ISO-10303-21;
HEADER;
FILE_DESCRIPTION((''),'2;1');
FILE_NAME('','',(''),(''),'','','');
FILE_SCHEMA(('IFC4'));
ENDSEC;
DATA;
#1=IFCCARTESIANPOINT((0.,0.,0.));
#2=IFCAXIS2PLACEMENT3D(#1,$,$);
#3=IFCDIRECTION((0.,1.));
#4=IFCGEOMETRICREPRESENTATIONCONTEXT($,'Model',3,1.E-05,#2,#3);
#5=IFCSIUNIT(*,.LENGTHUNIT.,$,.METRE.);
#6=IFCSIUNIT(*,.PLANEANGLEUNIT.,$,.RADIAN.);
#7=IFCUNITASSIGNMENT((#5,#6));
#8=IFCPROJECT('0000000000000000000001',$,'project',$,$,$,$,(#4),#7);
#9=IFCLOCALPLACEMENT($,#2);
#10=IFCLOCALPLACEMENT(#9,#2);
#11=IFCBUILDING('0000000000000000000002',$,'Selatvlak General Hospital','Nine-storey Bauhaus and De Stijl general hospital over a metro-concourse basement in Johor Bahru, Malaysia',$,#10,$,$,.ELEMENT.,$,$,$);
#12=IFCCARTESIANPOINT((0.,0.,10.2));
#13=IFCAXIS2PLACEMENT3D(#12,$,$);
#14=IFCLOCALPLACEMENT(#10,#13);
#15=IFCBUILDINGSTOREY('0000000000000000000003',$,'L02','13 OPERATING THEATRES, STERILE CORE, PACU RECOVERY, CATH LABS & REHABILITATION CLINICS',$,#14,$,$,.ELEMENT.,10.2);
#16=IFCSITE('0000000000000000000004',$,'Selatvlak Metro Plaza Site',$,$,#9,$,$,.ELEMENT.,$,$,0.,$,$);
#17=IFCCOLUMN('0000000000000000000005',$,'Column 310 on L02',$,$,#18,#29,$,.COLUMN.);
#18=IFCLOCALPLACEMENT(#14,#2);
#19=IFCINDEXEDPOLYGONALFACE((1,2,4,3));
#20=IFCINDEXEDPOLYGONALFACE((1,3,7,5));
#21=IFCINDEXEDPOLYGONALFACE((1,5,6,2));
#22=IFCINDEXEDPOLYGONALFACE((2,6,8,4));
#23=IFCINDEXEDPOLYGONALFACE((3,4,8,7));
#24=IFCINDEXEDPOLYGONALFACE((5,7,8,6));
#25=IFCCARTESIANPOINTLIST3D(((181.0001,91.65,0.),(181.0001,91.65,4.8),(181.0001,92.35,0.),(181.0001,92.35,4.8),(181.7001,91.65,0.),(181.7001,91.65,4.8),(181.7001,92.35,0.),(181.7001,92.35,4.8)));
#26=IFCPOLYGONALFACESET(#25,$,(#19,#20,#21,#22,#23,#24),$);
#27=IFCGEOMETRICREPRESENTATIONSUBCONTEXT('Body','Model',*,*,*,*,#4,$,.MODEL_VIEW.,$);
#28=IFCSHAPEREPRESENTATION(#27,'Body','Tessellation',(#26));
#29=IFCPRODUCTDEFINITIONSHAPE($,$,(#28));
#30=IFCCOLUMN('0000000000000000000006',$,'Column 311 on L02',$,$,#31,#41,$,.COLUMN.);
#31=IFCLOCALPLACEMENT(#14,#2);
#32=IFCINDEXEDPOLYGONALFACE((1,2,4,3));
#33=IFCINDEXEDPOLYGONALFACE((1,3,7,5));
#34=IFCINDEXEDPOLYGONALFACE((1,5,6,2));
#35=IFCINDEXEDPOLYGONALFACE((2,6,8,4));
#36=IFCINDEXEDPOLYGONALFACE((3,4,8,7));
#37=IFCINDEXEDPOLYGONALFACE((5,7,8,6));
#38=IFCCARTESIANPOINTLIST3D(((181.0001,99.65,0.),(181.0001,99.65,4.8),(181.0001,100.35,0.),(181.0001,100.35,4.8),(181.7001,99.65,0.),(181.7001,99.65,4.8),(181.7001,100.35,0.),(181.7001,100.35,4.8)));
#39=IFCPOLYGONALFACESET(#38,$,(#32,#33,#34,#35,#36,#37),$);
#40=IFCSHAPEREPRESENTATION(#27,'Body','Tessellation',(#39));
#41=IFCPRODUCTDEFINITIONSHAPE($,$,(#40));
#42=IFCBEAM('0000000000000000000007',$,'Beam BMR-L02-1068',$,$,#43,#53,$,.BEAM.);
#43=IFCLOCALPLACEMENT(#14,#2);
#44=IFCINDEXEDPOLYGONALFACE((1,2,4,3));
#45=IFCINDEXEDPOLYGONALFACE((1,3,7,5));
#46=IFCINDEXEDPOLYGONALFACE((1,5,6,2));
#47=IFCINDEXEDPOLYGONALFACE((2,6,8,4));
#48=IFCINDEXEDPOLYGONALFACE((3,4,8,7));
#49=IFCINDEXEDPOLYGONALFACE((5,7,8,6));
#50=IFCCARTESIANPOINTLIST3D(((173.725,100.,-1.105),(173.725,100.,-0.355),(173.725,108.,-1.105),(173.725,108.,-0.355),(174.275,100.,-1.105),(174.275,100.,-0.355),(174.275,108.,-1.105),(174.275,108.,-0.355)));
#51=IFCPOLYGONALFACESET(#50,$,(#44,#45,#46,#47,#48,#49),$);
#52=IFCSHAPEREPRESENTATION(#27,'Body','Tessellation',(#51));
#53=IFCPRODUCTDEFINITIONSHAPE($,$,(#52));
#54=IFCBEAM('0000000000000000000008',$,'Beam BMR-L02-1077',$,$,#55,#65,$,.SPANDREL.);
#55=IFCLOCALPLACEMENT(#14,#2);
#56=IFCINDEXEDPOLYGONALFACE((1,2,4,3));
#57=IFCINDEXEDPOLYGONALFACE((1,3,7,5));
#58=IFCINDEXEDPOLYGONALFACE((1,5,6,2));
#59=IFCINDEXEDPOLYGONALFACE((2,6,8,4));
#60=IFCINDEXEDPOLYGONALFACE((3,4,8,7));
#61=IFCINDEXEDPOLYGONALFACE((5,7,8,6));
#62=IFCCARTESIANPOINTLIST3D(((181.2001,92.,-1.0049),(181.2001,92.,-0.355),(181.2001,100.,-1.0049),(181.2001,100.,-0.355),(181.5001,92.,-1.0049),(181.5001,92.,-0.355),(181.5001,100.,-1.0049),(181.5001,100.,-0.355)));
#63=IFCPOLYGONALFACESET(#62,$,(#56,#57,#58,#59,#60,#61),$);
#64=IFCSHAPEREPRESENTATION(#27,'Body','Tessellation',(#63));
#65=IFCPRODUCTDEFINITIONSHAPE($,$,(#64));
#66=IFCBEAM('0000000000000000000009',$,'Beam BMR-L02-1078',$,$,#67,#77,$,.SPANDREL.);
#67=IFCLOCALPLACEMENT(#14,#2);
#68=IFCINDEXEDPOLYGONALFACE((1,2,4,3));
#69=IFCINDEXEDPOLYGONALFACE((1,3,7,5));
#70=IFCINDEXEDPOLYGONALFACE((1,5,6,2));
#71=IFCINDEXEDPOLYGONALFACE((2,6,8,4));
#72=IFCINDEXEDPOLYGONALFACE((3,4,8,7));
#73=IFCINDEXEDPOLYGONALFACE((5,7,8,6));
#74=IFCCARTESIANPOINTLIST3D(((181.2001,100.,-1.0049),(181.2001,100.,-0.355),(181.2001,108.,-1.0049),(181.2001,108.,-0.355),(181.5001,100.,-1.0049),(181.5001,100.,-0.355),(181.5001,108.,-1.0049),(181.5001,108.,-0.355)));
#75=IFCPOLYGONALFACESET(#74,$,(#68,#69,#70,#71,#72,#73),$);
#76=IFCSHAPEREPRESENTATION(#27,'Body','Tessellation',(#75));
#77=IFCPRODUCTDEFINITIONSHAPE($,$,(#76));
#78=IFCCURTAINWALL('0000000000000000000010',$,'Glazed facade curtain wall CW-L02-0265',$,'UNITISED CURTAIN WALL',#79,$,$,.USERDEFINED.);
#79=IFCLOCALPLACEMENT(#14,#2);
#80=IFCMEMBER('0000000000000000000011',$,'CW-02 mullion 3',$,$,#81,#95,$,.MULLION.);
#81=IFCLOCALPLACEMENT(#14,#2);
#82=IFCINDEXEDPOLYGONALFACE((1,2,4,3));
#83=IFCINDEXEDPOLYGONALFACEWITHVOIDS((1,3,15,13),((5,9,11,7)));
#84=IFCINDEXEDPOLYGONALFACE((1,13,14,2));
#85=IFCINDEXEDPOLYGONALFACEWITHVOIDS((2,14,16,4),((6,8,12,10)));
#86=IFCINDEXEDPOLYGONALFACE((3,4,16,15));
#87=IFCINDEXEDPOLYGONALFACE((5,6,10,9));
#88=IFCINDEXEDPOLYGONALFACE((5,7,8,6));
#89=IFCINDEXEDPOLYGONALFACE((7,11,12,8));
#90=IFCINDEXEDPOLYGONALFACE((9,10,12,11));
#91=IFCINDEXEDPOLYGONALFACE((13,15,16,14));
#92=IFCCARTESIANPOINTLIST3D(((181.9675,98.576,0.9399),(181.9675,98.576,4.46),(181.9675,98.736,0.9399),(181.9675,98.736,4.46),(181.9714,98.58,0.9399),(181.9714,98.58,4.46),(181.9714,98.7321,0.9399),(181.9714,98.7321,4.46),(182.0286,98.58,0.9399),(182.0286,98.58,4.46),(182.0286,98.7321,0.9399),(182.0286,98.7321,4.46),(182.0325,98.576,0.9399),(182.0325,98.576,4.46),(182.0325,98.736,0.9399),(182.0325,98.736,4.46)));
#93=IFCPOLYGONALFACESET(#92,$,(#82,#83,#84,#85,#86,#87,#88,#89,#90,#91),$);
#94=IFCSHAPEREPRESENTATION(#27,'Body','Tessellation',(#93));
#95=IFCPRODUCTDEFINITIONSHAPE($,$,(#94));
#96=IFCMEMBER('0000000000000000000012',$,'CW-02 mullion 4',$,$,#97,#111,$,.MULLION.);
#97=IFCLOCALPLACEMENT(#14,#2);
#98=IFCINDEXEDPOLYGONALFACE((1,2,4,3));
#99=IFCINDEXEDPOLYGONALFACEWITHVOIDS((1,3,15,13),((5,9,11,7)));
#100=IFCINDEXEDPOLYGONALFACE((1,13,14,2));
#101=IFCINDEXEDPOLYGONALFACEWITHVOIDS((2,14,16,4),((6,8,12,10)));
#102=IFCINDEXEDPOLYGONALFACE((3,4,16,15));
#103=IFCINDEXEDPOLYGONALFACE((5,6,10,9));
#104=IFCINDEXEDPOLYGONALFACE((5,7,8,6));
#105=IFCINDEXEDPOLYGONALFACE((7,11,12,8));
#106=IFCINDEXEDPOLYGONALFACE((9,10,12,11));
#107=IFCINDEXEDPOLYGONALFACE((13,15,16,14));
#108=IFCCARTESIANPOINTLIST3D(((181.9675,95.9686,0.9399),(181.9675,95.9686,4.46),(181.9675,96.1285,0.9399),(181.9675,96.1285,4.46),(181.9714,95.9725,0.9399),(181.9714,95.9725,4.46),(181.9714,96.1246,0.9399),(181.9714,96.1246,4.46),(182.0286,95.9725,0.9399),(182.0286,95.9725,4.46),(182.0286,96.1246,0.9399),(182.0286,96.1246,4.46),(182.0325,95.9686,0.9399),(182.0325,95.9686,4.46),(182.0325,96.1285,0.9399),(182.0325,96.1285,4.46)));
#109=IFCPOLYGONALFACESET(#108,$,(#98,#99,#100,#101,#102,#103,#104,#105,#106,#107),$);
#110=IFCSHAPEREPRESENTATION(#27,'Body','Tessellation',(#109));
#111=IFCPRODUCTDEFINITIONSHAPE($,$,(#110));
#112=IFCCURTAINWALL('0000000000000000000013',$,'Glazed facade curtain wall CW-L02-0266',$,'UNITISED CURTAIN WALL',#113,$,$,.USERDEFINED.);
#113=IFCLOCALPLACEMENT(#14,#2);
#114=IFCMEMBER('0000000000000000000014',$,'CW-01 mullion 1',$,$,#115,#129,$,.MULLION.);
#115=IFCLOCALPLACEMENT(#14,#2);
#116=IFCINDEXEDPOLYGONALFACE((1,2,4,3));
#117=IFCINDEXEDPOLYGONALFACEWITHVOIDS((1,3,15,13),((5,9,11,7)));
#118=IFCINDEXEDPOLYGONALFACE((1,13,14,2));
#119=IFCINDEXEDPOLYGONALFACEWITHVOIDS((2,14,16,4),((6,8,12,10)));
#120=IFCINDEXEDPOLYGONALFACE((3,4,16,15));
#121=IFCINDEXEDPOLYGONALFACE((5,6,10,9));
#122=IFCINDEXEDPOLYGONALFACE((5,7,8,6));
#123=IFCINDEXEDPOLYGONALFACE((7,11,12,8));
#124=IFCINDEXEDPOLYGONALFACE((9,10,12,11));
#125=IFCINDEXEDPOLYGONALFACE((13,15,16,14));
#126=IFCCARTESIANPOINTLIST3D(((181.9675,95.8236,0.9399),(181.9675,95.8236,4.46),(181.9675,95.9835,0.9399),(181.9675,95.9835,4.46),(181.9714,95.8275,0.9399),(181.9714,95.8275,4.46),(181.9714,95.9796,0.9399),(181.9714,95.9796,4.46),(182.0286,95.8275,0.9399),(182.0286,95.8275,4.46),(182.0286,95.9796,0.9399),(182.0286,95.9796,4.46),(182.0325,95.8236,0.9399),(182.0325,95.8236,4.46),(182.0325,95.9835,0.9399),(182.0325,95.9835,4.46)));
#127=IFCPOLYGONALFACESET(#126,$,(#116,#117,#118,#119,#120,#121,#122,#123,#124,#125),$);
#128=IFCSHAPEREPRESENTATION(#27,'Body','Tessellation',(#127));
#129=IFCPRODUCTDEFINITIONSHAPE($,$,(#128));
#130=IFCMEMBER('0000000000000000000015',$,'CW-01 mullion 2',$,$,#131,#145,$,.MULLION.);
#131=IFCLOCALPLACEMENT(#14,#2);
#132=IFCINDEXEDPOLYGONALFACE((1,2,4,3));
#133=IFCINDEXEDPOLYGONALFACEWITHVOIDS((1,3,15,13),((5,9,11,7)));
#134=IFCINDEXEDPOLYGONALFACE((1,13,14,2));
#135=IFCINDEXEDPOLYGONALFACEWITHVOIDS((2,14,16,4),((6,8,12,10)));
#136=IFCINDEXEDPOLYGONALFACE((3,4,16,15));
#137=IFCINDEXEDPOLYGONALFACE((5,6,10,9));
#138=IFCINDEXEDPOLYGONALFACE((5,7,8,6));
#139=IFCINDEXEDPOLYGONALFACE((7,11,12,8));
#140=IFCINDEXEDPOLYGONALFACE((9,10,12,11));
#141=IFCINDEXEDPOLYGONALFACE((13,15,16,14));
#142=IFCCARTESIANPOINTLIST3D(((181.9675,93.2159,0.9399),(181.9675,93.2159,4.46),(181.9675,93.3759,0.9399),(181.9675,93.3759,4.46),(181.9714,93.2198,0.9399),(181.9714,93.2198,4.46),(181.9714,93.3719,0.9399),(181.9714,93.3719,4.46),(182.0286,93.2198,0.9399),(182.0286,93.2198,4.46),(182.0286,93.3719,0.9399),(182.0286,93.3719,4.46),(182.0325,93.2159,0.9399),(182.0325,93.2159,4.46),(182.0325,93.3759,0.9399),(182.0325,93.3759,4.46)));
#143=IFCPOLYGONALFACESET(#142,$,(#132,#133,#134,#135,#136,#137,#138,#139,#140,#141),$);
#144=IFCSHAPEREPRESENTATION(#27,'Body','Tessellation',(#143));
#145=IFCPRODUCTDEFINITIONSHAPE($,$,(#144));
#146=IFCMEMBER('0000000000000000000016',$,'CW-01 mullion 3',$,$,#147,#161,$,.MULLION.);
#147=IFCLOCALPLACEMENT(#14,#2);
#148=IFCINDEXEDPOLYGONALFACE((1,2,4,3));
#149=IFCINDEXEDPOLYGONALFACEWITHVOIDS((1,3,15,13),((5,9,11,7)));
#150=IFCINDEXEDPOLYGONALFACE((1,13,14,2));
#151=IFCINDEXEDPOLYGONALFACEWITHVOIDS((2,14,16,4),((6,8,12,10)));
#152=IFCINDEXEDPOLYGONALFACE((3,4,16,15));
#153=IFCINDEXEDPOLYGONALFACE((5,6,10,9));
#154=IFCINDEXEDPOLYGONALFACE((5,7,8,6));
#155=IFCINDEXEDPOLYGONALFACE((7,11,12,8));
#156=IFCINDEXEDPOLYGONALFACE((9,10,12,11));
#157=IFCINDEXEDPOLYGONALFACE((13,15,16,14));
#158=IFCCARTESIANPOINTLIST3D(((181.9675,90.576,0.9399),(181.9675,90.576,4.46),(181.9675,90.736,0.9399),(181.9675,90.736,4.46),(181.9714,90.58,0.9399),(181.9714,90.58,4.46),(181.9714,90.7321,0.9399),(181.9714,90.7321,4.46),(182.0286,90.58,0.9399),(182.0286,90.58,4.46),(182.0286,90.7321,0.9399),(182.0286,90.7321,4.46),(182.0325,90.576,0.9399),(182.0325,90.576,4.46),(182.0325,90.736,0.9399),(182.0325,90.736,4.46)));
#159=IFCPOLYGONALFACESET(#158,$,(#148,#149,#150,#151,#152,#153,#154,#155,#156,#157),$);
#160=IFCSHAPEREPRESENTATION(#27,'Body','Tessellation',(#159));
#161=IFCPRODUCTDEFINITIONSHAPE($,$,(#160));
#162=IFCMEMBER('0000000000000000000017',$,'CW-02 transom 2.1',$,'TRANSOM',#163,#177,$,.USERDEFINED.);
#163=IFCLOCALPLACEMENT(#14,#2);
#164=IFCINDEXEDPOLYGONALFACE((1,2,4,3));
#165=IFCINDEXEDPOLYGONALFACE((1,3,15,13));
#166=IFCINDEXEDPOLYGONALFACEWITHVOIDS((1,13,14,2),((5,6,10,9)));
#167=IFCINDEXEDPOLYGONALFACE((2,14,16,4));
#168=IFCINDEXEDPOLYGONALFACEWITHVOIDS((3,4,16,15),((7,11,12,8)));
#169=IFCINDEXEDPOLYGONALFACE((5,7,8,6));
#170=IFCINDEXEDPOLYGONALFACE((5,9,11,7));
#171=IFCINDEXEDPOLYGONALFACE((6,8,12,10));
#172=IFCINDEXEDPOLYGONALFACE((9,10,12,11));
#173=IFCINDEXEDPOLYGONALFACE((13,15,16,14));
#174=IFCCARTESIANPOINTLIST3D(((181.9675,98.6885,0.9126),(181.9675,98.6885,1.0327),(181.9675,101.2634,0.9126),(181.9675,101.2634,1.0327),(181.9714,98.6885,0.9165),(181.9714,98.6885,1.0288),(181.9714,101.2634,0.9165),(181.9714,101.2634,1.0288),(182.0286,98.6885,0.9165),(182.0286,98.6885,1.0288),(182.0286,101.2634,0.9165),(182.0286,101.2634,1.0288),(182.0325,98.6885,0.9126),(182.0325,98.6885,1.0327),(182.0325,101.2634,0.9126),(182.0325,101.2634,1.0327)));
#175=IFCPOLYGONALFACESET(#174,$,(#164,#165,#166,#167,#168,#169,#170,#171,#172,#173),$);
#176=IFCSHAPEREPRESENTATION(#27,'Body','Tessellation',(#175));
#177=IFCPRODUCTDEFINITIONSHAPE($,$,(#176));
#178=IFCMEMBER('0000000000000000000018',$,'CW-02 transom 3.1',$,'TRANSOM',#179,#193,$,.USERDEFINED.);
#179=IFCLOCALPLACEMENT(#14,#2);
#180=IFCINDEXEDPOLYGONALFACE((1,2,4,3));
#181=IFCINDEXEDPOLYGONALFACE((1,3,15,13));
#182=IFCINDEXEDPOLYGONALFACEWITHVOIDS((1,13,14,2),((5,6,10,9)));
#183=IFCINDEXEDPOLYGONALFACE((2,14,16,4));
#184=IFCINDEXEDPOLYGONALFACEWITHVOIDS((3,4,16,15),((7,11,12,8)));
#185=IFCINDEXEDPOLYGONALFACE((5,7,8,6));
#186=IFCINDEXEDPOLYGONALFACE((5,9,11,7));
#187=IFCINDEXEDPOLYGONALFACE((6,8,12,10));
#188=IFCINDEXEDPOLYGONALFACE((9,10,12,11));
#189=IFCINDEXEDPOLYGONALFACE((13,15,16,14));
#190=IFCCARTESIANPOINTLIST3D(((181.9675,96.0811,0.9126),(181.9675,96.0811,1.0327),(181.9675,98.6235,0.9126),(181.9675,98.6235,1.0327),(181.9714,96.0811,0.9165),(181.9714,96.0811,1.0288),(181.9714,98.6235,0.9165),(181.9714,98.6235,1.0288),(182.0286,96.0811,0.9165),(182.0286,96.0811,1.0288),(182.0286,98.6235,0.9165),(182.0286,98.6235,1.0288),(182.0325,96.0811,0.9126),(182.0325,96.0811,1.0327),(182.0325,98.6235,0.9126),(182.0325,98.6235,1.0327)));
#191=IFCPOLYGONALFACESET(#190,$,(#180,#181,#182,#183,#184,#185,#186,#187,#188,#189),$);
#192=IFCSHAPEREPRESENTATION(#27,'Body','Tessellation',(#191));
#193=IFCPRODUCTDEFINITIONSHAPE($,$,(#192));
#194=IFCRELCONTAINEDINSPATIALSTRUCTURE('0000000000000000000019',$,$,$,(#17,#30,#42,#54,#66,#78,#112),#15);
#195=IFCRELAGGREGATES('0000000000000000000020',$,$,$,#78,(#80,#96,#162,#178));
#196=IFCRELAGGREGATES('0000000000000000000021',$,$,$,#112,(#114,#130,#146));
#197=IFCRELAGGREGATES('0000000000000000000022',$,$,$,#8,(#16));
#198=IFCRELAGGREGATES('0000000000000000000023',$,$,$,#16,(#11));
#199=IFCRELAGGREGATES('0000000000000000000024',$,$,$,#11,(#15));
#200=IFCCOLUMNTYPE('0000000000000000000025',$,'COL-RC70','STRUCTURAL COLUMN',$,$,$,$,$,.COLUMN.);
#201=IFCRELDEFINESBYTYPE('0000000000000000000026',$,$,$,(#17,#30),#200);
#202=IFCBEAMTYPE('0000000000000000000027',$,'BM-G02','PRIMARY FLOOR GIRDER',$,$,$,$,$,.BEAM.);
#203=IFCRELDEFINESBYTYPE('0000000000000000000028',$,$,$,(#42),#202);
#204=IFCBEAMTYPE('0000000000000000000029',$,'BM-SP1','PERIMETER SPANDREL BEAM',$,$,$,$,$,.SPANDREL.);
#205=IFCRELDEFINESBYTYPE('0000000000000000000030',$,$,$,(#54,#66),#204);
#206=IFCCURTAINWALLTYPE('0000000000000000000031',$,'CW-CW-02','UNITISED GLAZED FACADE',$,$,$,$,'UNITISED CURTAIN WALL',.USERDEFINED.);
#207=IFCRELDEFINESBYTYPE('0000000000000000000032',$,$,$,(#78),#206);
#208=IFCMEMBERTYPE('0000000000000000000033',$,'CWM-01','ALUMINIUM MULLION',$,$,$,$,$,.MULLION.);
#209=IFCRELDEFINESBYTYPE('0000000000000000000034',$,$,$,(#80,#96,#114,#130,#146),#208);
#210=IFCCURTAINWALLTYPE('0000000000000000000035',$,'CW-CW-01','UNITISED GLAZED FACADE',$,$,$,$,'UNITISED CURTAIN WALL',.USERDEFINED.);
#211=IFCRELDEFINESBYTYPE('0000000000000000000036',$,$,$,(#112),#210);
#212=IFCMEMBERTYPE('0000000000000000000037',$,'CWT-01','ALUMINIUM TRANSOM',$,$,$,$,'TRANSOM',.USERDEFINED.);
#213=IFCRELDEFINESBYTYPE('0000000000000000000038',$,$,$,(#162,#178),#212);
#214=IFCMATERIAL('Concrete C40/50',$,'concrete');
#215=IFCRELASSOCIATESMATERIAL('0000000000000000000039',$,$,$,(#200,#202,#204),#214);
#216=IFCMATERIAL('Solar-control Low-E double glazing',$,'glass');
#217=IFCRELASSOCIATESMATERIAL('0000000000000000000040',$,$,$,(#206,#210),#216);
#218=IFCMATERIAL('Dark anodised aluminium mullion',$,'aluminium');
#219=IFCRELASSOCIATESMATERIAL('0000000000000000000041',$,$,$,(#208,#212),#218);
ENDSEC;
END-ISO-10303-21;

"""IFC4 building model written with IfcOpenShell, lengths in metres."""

from ifc_helpers import new_model, si_unit, direction, frame, origin, origin_2d, place, context, subcontext, project, spatial, rectangle, hollow_rectangle, extrude, material, material_profile, profile_set, type_object, element, aggregate, save


model = new_model("IFC4")

# Units and contexts
model_context = context("Model", 3, precision=1e-05, world=origin(), true_north=direction((0.0, 1.0)))
body_context = subcontext(model_context, "Body", "Model", "MODEL_VIEW")
ifc_project = project(units=[si_unit("LENGTHUNIT", "METRE"), si_unit("PLANEANGLEUNIT", "RADIAN")], contexts=[model_context])

# Site, building, storey
site_placement = place(None, origin())
site = spatial("IfcSite", under=ifc_project, at=site_placement, Name="Selatvlak Metro Plaza Site", CompositionType="ELEMENT", RefElevation=0.0)
building_placement = place(site_placement, origin())
building = spatial("IfcBuilding", under=site, at=building_placement, Name="Selatvlak General Hospital", Description="Nine-storey Bauhaus and De Stijl general hospital over a metro-concourse basement in Johor Bahru, Malaysia", CompositionType="ELEMENT")
storey_placement = place(building_placement, frame((0.0, 0.0, 10.2)))
storey = spatial("IfcBuildingStorey", under=building, at=storey_placement, Name="L02", Description="13 OPERATING THEATRES, STERILE CORE, PACU RECOVERY, CATH LABS & REHABILITATION CLINICS", CompositionType="ELEMENT", Elevation=10.2)

# Columns
ifc_material_1 = material(Name="Concrete C40/50", Category="concrete")
ifc_material_profile_1 = material_profile(ifc_material_1, rectangle(XDim=0.7, YDim=0.7, at=origin_2d()), Name="RC-COL 700x700")
ifc_profile_set_1 = profile_set([ifc_material_profile_1], Name="Concrete C40/50")
column_type = type_object("IfcColumnType", Name="COL-RC70", Description="STRUCTURAL COLUMN", PredefinedType="COLUMN", material=ifc_profile_set_1)
for number, where, z_axis, x_axis, name in (
    (1, (181.3501, 92.0, 0.0), (0.0, 0.0, 1.0), (1.0, 0.0, 0.0), "Column 310 on L02"),
    (2, (181.3501, 100.0, 0.0), (0.0, 0.0, 1.0), (1.0, 0.0, 0.0), "Column 311 on L02"),
):
    element("IfcColumn", number, at=place(storey_placement, frame(where, z_axis=z_axis, x_axis=x_axis)), inside=storey, type_object=column_type, Name=name, PredefinedType="COLUMN", context=body_context, shape_type="SweptSolid", body=[
        extrude(rectangle(XDim=0.7, YDim=0.7, at=origin_2d()), origin(), (0.0, 0.0, 1.0), 4.8),
    ])

# Beams
ifc_material_profile_2 = material_profile(ifc_material_1, rectangle(XDim=0.55, YDim=0.75, at=origin_2d()), Name="RC-BM 550x750")
ifc_profile_set_2 = profile_set([ifc_material_profile_2], Name="Concrete C40/50")
beam_type_1 = type_object("IfcBeamType", Name="BM-G02", Description="PRIMARY FLOOR GIRDER", PredefinedType="BEAM", material=ifc_profile_set_2)
beam_placement = place(storey_placement, frame((174.0, 100.0, -0.73), z_axis=(0.0, 1.0, 0.0), x_axis=(-1.0, 0.0, 0.0)))
element("IfcBeam", 3, at=beam_placement, inside=storey, type_object=beam_type_1, Name="Beam BMR-L02-1068", PredefinedType="BEAM", context=body_context, shape_type="SweptSolid", body=[
    extrude(rectangle(XDim=0.55, YDim=0.75, at=origin_2d()), origin(), (0.0, 0.0, 1.0), 8.0),
])
ifc_material_profile_3 = material_profile(ifc_material_1, rectangle(XDim=0.3, YDim=0.6499, at=origin_2d()), Name="RC-SP 300x650")
ifc_profile_set_3 = profile_set([ifc_material_profile_3], Name="Concrete C40/50")
beam_type_2 = type_object("IfcBeamType", Name="BM-SP1", Description="PERIMETER SPANDREL BEAM", PredefinedType="SPANDREL", material=ifc_profile_set_3)
for number, where, z_axis, x_axis, name in (
    (4, (181.3501, 92.0, -0.6799), (0.0, 1.0, 0.0), (-1.0, 0.0, 0.0), "Beam BMR-L02-1077"),
    (5, (181.3501, 100.0, -0.6799), (0.0, 1.0, 0.0), (-1.0, 0.0, 0.0), "Beam BMR-L02-1078"),
):
    element("IfcBeam", number, at=place(storey_placement, frame(where, z_axis=z_axis, x_axis=x_axis)), inside=storey, type_object=beam_type_2, Name=name, PredefinedType="SPANDREL", context=body_context, shape_type="SweptSolid", body=[
        extrude(rectangle(XDim=0.3, YDim=0.6499, at=origin_2d()), origin(), (0.0, 0.0, 1.0), 8.0),
    ])

# Curtain walls, members
ifc_material_2 = material(Name="Solar-control Low-E double glazing", Category="glass")
curtain_wall_type_1 = type_object("IfcCurtainWallType", Name="CW-CW-02", Description="UNITISED GLAZED FACADE", ElementType="UNITISED CURTAIN WALL", PredefinedType="USERDEFINED", material=ifc_material_2)
curtain_wall_1_placement = place(storey_placement, origin())
curtain_wall_1 = element("IfcCurtainWall", 6, at=curtain_wall_1_placement, inside=storey, type_object=curtain_wall_type_1, Name="Glazed facade curtain wall CW-L02-0265", ObjectType="UNITISED CURTAIN WALL", PredefinedType="USERDEFINED")
ifc_material_3 = material(Name="Dark anodised aluminium mullion", Category="aluminium")
ifc_material_profile_4 = material_profile(ifc_material_3, hollow_rectangle(XDim=0.0649, YDim=0.1599, WallThickness=0.0039, at=origin_2d()), Name="AL-MUL 65x160x4")
ifc_profile_set_4 = profile_set([ifc_material_profile_4], Name="Dark anodised aluminium mullion")
member_type_1 = type_object("IfcMemberType", Name="CWM-01", Description="ALUMINIUM MULLION", PredefinedType="MULLION", material=ifc_profile_set_4)
member_1_placement = place(storey_placement, frame((182.0, 98.656, 0.9399), z_axis=(0.0, 0.0, 1.0), x_axis=(1.0, 0.0, 0.0)))
member_1 = element("IfcMember", 7, at=member_1_placement, type_object=member_type_1, Name="CW-02 mullion 3", PredefinedType="MULLION", context=body_context, shape_type="SweptSolid", body=[
    extrude(hollow_rectangle(XDim=0.0649, YDim=0.1599, WallThickness=0.0039, at=origin_2d()), origin(), (0.0, 0.0, 1.0), 3.52),
])
member_2_placement = place(storey_placement, frame((182.0, 96.0486, 0.9399), z_axis=(0.0, 0.0, 1.0), x_axis=(1.0, 0.0, 0.0)))
member_2 = element("IfcMember", 8, at=member_2_placement, type_object=member_type_1, Name="CW-02 mullion 4", PredefinedType="MULLION", context=body_context, shape_type="SweptSolid", body=[
    extrude(hollow_rectangle(XDim=0.0649, YDim=0.1599, WallThickness=0.0039, at=origin_2d()), origin(), (0.0, 0.0, 1.0), 3.52),
])
curtain_wall_type_2 = type_object("IfcCurtainWallType", Name="CW-CW-01", Description="UNITISED GLAZED FACADE", ElementType="UNITISED CURTAIN WALL", PredefinedType="USERDEFINED", material=ifc_material_2)
curtain_wall_2_placement = place(storey_placement, origin())
curtain_wall_2 = element("IfcCurtainWall", 9, at=curtain_wall_2_placement, inside=storey, type_object=curtain_wall_type_2, Name="Glazed facade curtain wall CW-L02-0266", ObjectType="UNITISED CURTAIN WALL", PredefinedType="USERDEFINED")
member_3_placement = place(storey_placement, frame((182.0, 95.9036, 0.9399), z_axis=(0.0, 0.0, 1.0), x_axis=(1.0, 0.0, 0.0)))
member_3 = element("IfcMember", 10, at=member_3_placement, type_object=member_type_1, Name="CW-01 mullion 1", PredefinedType="MULLION", context=body_context, shape_type="SweptSolid", body=[
    extrude(hollow_rectangle(XDim=0.0649, YDim=0.1599, WallThickness=0.0039, at=origin_2d()), origin(), (0.0, 0.0, 1.0), 3.52),
])
member_4_placement = place(storey_placement, frame((182.0, 93.2959, 0.9399), z_axis=(0.0, 0.0, 1.0), x_axis=(1.0, 0.0, 0.0)))
member_4 = element("IfcMember", 11, at=member_4_placement, type_object=member_type_1, Name="CW-01 mullion 2", PredefinedType="MULLION", context=body_context, shape_type="SweptSolid", body=[
    extrude(hollow_rectangle(XDim=0.0649, YDim=0.1599, WallThickness=0.0039, at=origin_2d()), origin(), (0.0, 0.0, 1.0), 3.52),
])
member_5_placement = place(storey_placement, frame((182.0, 90.656, 0.9399), z_axis=(0.0, 0.0, 1.0), x_axis=(1.0, 0.0, 0.0)))
member_5 = element("IfcMember", 12, at=member_5_placement, type_object=member_type_1, Name="CW-01 mullion 3", PredefinedType="MULLION", context=body_context, shape_type="SweptSolid", body=[
    extrude(hollow_rectangle(XDim=0.0649, YDim=0.1599, WallThickness=0.0039, at=origin_2d()), origin(), (0.0, 0.0, 1.0), 3.52),
])

# Members
ifc_material_profile_5 = material_profile(ifc_material_3, hollow_rectangle(XDim=0.0649, YDim=0.1201, WallThickness=0.0039, at=origin_2d()), Name="AL-TRN 65x120x4")
ifc_profile_set_5 = profile_set([ifc_material_profile_5], Name="Dark anodised aluminium mullion")
member_type_2 = type_object("IfcMemberType", Name="CWT-01", Description="ALUMINIUM TRANSOM", ElementType="TRANSOM", PredefinedType="USERDEFINED", material=ifc_profile_set_5)
member_6_placement = place(storey_placement, frame((182.0, 101.2634, 0.9727), z_axis=(0.0, -1.0, 0.0), x_axis=(1.0, 0.0, 0.0)))
member_6 = element("IfcMember", 13, at=member_6_placement, type_object=member_type_2, Name="CW-02 transom 2.1", ObjectType="TRANSOM", PredefinedType="USERDEFINED", context=body_context, shape_type="SweptSolid", body=[
    extrude(hollow_rectangle(XDim=0.0649, YDim=0.1201, WallThickness=0.0039, at=origin_2d()), origin(), (0.0, 0.0, 1.0), 2.575),
])
member_7_placement = place(storey_placement, frame((182.0, 98.6235, 0.9727), z_axis=(0.0, -1.0, 0.0), x_axis=(1.0, 0.0, 0.0)))
member_7 = element("IfcMember", 14, at=member_7_placement, type_object=member_type_2, Name="CW-02 transom 3.1", ObjectType="TRANSOM", PredefinedType="USERDEFINED", context=body_context, shape_type="SweptSolid", body=[
    extrude(hollow_rectangle(XDim=0.0649, YDim=0.1201, WallThickness=0.0039, at=origin_2d()), origin(), (0.0, 0.0, 1.0), 2.5425),
])

aggregate(curtain_wall_1, [member_1, member_2, member_6, member_7])
aggregate(curtain_wall_2, [member_3, member_4, member_5])

save(model, "model.ifc")
